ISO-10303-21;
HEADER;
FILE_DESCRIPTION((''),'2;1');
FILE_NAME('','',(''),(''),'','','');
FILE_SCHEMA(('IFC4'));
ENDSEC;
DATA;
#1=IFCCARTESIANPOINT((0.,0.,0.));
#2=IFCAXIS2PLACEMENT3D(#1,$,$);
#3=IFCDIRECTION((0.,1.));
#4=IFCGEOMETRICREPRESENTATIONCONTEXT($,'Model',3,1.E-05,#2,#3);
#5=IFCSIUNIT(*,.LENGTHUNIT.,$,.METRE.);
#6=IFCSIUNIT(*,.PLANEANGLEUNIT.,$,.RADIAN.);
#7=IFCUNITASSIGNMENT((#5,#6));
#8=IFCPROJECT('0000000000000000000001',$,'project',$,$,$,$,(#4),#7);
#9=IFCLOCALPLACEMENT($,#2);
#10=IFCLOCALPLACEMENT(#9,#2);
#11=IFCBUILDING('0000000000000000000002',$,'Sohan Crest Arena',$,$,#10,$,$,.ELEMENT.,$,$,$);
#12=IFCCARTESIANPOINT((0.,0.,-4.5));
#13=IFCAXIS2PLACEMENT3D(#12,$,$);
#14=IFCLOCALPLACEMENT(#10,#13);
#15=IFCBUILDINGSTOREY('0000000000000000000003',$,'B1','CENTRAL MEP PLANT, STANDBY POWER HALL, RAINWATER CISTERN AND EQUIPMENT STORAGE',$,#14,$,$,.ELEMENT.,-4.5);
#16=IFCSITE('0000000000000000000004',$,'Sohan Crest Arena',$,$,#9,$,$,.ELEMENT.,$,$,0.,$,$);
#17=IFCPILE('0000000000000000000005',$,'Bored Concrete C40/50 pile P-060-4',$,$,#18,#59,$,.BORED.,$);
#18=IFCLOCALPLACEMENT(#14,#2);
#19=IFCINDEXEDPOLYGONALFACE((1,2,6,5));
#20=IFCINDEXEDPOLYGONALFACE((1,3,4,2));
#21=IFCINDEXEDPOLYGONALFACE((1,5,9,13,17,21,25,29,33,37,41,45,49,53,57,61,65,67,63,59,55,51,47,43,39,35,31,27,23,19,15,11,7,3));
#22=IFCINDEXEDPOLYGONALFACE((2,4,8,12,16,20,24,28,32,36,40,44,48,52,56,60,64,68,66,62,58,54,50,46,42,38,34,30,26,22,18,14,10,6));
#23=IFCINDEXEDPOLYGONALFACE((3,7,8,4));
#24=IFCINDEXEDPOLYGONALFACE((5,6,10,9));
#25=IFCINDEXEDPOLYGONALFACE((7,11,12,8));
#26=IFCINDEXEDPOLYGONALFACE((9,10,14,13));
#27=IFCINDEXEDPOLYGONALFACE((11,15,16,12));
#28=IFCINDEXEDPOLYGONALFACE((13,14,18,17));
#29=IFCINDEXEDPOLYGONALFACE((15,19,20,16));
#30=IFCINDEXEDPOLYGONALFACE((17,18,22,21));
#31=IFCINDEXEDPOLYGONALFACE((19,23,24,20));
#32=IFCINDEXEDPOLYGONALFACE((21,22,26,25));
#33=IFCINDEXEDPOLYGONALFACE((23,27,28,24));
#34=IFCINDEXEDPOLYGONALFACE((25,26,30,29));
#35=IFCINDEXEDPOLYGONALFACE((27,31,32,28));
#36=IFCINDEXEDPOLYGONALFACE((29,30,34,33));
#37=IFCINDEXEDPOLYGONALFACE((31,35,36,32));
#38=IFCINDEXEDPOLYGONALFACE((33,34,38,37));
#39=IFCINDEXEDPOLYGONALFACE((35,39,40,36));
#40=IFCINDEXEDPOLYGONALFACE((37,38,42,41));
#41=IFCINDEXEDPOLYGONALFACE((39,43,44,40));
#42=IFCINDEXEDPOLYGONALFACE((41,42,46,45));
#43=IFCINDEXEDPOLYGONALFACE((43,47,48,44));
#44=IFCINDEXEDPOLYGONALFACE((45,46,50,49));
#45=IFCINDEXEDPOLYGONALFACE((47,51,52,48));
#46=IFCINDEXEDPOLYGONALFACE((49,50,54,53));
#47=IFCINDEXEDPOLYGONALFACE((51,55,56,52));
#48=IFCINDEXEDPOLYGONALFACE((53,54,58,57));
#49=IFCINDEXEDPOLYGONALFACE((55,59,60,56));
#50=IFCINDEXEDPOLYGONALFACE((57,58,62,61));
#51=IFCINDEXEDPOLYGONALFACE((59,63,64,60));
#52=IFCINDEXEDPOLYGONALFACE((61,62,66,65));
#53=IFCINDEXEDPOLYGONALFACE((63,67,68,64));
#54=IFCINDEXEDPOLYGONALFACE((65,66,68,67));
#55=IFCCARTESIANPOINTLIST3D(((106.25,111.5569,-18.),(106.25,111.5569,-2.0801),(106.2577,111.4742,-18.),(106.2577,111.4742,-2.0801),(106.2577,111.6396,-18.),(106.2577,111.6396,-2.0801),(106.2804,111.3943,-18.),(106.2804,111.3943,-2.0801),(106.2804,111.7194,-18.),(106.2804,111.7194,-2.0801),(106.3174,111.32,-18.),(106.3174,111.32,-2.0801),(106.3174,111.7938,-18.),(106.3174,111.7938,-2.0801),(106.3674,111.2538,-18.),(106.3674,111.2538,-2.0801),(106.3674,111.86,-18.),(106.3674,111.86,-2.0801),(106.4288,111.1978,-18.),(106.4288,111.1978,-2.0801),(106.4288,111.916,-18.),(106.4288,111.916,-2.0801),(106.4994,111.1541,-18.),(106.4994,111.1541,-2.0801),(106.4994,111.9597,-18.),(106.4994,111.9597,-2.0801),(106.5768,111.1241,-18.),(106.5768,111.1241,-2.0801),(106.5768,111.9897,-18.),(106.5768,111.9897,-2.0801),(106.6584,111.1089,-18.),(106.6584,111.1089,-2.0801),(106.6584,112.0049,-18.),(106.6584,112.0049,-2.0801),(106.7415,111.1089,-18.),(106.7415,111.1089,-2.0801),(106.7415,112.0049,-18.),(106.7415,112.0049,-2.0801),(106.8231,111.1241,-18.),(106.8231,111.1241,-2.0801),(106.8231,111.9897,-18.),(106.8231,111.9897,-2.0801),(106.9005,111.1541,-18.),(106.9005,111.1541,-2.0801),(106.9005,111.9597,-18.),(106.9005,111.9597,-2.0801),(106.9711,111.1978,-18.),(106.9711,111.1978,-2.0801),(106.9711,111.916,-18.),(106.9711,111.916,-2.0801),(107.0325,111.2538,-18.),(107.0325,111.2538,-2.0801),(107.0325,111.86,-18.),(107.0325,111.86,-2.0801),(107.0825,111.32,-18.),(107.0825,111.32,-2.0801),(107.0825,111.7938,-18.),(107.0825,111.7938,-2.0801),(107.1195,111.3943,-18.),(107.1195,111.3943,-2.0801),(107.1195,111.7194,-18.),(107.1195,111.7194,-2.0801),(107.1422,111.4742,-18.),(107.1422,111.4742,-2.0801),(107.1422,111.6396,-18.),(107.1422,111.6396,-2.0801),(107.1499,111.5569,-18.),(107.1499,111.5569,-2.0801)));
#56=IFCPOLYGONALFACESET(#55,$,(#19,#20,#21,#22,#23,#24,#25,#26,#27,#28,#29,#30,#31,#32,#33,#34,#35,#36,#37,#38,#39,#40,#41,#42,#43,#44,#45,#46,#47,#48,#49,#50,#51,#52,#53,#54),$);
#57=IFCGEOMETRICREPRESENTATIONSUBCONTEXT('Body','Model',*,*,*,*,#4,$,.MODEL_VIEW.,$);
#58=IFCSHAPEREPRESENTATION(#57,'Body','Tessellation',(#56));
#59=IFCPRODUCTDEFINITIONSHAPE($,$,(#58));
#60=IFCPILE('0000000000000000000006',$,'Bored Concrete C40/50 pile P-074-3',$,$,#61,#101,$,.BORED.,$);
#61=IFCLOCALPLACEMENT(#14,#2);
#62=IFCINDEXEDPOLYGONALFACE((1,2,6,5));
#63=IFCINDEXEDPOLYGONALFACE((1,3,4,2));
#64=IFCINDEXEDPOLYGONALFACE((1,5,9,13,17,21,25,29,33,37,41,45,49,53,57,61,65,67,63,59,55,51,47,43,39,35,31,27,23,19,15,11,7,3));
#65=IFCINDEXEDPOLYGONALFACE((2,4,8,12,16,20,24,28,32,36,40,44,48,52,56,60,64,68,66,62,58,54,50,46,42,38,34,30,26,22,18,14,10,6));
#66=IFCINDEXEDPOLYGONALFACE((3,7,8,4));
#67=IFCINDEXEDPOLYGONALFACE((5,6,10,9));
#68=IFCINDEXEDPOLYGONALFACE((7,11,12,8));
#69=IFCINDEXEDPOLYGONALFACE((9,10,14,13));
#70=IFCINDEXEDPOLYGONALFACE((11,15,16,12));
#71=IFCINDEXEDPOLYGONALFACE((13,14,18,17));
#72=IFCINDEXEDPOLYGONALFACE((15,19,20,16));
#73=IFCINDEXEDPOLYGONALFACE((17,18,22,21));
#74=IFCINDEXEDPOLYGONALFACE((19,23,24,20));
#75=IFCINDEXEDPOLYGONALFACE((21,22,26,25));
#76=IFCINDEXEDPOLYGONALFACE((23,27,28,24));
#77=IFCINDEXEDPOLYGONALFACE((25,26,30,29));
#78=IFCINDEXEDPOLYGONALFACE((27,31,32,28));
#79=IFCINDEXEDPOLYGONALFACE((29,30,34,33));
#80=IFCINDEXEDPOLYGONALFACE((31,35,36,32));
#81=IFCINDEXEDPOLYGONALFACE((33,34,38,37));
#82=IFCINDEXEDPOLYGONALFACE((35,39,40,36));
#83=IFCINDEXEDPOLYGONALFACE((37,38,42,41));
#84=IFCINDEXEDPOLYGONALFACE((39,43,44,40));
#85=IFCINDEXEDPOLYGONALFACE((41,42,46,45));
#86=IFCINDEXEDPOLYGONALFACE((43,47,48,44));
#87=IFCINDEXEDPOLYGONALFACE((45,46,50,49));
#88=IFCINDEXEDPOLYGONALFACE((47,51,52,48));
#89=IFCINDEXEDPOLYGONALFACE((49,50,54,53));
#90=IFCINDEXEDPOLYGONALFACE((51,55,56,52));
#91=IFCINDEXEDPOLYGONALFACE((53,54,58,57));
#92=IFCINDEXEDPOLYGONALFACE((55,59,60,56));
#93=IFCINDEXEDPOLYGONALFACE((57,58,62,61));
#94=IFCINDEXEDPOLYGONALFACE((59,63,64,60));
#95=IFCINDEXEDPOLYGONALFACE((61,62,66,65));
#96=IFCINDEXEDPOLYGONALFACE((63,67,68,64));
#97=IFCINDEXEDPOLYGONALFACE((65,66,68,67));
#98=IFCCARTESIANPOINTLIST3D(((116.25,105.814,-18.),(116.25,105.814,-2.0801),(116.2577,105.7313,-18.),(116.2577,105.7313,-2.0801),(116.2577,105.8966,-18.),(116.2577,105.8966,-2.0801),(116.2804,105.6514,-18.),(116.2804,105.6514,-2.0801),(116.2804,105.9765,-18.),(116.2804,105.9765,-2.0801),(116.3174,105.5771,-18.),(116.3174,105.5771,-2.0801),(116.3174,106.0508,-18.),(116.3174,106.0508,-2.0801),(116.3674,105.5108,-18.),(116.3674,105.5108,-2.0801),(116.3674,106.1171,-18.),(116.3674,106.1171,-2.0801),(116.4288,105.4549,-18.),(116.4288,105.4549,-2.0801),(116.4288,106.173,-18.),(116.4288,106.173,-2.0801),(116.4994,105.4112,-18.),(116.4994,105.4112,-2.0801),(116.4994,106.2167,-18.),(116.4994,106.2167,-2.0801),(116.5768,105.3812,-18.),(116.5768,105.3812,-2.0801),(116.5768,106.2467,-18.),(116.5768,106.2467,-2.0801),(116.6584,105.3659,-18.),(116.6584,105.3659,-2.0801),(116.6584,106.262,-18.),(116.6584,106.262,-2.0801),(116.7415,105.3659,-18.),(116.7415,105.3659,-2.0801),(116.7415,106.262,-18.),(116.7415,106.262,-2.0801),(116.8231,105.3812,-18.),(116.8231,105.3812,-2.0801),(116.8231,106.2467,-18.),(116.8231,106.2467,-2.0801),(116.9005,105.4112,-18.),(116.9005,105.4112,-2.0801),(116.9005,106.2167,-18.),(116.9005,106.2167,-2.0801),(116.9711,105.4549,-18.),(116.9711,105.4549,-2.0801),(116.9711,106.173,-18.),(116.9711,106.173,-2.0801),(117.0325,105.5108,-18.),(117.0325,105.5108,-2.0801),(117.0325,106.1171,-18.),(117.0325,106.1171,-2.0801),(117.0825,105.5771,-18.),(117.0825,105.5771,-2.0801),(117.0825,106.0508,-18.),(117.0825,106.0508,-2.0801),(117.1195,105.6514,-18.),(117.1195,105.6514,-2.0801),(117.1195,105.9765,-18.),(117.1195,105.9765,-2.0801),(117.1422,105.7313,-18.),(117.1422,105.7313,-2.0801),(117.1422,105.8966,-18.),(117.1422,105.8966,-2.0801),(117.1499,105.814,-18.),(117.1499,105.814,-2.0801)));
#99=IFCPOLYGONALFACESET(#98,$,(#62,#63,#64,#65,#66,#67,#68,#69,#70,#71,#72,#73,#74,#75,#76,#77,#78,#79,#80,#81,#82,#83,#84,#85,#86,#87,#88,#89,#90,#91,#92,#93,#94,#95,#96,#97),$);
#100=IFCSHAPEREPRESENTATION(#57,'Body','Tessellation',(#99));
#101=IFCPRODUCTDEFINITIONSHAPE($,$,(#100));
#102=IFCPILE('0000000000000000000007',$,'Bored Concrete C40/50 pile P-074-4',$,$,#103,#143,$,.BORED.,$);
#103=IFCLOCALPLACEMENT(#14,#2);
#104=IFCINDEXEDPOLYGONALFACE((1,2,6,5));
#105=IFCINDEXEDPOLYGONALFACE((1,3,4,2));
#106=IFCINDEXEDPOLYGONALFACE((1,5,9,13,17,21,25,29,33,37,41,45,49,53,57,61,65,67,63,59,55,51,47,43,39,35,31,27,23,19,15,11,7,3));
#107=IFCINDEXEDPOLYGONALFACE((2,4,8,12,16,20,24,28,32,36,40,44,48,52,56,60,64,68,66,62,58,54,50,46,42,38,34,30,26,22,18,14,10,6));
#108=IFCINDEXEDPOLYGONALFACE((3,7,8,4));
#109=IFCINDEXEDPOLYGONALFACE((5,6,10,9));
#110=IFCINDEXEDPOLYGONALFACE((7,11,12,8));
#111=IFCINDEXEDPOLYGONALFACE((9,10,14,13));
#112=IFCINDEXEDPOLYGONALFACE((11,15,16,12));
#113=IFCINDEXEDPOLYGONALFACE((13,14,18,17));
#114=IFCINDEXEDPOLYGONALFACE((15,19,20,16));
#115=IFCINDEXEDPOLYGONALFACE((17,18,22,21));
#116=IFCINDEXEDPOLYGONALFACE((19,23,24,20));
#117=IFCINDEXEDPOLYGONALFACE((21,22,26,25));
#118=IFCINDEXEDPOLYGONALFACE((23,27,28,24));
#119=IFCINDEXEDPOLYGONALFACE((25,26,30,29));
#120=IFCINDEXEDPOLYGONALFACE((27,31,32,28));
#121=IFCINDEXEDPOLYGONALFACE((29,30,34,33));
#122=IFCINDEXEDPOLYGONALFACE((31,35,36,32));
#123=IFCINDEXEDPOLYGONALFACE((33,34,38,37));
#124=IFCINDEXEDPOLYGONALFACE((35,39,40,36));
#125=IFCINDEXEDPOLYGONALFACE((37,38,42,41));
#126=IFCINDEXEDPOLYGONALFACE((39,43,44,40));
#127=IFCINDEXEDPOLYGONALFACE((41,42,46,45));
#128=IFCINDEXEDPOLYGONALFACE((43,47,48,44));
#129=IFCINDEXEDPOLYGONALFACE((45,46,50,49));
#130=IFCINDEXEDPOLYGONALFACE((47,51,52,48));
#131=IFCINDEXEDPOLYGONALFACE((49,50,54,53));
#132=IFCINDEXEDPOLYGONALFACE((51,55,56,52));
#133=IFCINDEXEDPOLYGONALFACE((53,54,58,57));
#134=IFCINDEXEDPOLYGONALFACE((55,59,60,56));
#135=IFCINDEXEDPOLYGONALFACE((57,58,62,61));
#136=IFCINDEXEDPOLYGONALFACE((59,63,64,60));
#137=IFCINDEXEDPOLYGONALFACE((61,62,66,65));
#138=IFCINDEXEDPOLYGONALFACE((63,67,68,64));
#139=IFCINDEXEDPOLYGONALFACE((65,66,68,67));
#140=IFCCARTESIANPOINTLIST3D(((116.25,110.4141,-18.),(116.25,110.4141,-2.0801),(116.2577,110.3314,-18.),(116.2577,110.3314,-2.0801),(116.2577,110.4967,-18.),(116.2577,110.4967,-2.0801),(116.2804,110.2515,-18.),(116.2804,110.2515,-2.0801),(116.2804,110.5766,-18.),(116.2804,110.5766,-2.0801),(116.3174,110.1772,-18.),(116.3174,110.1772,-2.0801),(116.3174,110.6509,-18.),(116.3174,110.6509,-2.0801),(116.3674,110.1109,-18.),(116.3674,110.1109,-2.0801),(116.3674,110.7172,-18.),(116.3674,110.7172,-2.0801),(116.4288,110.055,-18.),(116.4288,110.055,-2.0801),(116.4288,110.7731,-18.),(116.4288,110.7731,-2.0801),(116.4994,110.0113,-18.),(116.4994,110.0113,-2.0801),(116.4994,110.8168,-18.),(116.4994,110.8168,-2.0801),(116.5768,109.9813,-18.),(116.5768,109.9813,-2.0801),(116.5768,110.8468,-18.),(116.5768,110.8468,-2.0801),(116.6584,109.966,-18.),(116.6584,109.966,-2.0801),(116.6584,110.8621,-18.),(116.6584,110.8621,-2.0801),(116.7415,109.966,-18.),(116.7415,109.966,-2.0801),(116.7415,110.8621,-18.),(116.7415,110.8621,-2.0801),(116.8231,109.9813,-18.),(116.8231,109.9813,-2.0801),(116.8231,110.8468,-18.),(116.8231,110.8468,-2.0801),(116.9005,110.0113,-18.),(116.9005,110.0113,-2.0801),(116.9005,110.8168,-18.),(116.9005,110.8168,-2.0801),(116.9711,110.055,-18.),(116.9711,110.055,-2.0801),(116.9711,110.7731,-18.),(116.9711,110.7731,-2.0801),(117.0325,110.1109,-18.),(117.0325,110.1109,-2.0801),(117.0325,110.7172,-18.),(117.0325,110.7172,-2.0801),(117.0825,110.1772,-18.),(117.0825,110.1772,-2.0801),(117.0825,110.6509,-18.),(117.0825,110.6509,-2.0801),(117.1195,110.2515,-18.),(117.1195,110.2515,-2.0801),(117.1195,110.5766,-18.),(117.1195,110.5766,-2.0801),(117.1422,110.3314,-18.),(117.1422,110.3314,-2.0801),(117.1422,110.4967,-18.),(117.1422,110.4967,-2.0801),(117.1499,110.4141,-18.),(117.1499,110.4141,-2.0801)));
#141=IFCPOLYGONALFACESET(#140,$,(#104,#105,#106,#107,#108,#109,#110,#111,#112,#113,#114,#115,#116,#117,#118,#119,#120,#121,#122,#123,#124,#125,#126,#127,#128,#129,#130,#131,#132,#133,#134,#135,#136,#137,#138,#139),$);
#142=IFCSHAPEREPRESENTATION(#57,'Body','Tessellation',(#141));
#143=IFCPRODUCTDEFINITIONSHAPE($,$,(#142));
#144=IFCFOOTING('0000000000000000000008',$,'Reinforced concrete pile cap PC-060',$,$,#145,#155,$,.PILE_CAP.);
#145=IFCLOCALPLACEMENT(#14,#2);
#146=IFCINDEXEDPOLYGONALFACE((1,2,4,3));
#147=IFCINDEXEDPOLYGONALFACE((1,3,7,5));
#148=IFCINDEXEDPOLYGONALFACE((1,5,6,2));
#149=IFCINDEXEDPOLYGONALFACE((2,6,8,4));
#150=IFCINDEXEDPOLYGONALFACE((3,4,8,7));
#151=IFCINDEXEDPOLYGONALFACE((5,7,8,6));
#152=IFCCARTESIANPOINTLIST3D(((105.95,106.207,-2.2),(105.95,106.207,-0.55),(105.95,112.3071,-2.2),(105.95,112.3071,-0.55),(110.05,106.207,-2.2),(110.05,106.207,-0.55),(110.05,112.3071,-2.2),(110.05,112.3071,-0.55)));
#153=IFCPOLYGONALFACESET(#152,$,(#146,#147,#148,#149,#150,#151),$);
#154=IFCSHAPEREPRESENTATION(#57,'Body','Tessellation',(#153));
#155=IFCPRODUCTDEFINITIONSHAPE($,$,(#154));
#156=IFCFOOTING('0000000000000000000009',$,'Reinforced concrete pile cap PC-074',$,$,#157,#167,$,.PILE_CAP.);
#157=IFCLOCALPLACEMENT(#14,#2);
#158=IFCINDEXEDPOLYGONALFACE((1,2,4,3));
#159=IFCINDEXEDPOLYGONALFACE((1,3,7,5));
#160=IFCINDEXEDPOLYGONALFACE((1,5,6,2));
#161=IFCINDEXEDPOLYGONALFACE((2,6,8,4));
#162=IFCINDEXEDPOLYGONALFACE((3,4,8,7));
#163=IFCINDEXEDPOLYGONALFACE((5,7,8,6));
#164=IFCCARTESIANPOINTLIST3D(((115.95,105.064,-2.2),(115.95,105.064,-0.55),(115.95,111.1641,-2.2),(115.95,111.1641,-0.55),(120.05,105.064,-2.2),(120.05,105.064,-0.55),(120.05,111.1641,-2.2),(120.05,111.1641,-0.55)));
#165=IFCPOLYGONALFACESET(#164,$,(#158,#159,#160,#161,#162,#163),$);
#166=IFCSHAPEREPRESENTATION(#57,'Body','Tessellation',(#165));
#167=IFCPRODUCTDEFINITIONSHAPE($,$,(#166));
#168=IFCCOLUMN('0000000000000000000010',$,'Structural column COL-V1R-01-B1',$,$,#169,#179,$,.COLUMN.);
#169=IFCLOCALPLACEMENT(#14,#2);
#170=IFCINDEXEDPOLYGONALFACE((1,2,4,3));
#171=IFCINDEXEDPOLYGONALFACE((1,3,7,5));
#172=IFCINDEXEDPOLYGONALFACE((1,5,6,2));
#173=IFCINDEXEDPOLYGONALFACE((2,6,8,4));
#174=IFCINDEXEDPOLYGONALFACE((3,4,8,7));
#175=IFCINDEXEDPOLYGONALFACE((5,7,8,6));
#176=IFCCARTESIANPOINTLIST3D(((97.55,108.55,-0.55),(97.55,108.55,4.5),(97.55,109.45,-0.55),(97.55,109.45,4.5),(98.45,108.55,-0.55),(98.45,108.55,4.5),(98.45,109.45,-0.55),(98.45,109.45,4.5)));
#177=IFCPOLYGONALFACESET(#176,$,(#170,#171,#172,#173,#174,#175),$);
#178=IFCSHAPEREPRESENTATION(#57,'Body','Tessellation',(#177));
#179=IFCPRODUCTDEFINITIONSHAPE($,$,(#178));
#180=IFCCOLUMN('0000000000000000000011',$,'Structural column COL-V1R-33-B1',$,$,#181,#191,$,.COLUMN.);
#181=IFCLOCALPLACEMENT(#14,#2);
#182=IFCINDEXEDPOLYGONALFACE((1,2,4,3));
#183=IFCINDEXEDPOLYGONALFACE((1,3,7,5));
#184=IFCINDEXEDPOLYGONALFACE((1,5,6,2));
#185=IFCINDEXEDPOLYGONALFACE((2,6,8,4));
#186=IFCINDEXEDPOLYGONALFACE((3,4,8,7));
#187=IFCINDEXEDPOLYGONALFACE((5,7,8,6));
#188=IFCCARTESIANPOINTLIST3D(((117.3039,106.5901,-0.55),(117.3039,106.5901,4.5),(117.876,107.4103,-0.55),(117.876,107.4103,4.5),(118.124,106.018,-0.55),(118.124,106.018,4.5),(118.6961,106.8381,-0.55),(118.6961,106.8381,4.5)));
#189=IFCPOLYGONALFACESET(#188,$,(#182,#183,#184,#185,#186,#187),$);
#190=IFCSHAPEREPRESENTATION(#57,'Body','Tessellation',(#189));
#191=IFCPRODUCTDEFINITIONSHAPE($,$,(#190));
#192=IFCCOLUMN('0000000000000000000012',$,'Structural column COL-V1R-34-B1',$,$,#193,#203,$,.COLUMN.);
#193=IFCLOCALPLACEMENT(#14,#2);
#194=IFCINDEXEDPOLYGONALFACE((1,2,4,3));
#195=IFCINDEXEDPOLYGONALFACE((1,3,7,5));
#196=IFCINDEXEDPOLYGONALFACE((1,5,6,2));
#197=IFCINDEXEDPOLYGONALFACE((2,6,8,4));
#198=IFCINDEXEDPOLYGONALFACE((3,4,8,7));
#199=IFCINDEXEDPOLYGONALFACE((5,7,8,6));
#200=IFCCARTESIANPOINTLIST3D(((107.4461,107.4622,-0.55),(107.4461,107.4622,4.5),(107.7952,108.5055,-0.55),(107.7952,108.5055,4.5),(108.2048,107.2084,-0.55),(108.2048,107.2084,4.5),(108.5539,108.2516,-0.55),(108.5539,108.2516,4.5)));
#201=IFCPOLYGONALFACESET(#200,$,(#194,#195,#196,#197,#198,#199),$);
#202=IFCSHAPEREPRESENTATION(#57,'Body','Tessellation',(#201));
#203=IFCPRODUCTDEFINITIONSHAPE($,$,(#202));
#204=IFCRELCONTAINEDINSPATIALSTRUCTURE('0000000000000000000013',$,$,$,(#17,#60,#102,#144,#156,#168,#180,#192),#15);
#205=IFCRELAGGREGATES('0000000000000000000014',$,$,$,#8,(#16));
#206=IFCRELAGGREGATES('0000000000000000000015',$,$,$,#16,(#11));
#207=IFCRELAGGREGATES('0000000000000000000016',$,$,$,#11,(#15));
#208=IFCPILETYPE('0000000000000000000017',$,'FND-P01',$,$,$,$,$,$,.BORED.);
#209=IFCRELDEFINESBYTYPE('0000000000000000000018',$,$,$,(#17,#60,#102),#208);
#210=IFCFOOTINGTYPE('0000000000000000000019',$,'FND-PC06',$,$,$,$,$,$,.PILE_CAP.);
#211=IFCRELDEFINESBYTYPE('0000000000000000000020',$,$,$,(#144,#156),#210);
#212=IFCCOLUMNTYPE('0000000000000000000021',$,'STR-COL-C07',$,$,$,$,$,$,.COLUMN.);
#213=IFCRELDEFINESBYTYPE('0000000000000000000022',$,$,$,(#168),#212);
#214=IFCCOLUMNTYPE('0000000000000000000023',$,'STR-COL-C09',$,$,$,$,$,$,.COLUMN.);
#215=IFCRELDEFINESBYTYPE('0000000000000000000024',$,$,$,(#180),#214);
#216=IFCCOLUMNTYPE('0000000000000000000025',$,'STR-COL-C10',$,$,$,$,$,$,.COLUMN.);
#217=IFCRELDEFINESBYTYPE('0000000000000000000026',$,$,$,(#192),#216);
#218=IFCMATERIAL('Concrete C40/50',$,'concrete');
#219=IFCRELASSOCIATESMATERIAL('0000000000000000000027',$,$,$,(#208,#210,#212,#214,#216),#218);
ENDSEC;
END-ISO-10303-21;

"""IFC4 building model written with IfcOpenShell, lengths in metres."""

from ifc_helpers import new_model, si_unit, direction, frame, origin, origin_2d, place, context, subcontext, project, spatial, rectangle, circle, extrude, material, material_profile, profile_set, type_object, element, save


model = new_model("IFC4")

# Units and contexts
model_context = context("Model", 3, precision=1e-05, world=origin(), true_north=direction((0.0, 1.0)))
body_context = subcontext(model_context, "Body", "Model", "MODEL_VIEW")
ifc_project = project(units=[si_unit("LENGTHUNIT", "METRE"), si_unit("PLANEANGLEUNIT", "RADIAN")], contexts=[model_context])

# Site, building, storey
site_placement = place(None, origin())
site = spatial("IfcSite", under=ifc_project, at=site_placement, Name="Sohan Crest Arena", CompositionType="ELEMENT", RefElevation=0.0)
building_placement = place(site_placement, origin())
building = spatial("IfcBuilding", under=site, at=building_placement, Name="Sohan Crest Arena", CompositionType="ELEMENT")
storey_placement = place(building_placement, frame((0.0, 0.0, -4.5)))
storey = spatial("IfcBuildingStorey", under=building, at=storey_placement, Name="B1", Description="CENTRAL MEP PLANT, STANDBY POWER HALL, RAINWATER CISTERN AND EQUIPMENT STORAGE", CompositionType="ELEMENT", Elevation=-4.5)

# Shared definitions
ifc_material_1 = material(Name="Concrete C40/50", Category="concrete")

# Piles
ifc_material_profile_1 = material_profile(ifc_material_1, circle(Radius=0.45, at=origin_2d()), Name="PILE D900")
ifc_profile_set_1 = profile_set([ifc_material_profile_1], Name="Concrete C40/50")
pile_type = type_object("IfcPileType", Name="FND-P01", PredefinedType="BORED", material=ifc_profile_set_1)
for number, where, z_axis, x_axis, name in (
    (1, (106.7, 111.5569, -18.0), (0.0, 0.0, 1.0), (1.0, 0.0, 0.0), "Bored Concrete C40/50 pile P-060-4"),
    (2, (116.7, 105.814, -18.0), (0.0, 0.0, 1.0), (1.0, 0.0, 0.0), "Bored Concrete C40/50 pile P-074-3"),
    (3, (116.7, 110.4141, -18.0), (0.0, 0.0, 1.0), (1.0, 0.0, 0.0), "Bored Concrete C40/50 pile P-074-4"),
):
    element("IfcPile", number, at=place(storey_placement, frame(where, z_axis=z_axis, x_axis=x_axis)), inside=storey, type_object=pile_type, Name=name, PredefinedType="BORED", context=body_context, shape_type="SweptSolid", body=[
        extrude(circle(Radius=0.45, at=origin_2d()), origin(), (0.0, 0.0, 1.0), 15.9199),
    ])

# Footings
footing_type_1 = type_object("IfcFootingType", Name="FND-PC06", PredefinedType="PILE_CAP", material=ifc_material_1)
for number, where, z_axis, x_axis, name in (
    (4, (108.0, 109.2571, -2.2), (0.0, 0.0, 1.0), (0.0, 1.0, 0.0), "Reinforced concrete pile cap PC-060"),
    (5, (118.0, 108.114, -2.2), (0.0, 0.0, 1.0), (0.0, 1.0, 0.0), "Reinforced concrete pile cap PC-074"),
):
    element("IfcFooting", number, at=place(storey_placement, frame(where, z_axis=z_axis, x_axis=x_axis)), inside=storey, type_object=footing_type_1, Name=name, PredefinedType="PILE_CAP", context=body_context, shape_type="SweptSolid", body=[
        extrude(rectangle(XDim=6.1001, YDim=4.1001, at=origin_2d()), origin(), (0.0, 0.0, 1.0), 1.6499),
    ])

# Columns
ifc_material_profile_2 = material_profile(ifc_material_1, rectangle(XDim=0.8999, YDim=0.8999, at=origin_2d()), Name="RC 900x900")
ifc_profile_set_2 = profile_set([ifc_material_profile_2], Name="Concrete C40/50")
column_type_1 = type_object("IfcColumnType", Name="STR-COL-C07", PredefinedType="COLUMN", material=ifc_profile_set_2)
column_1_placement = place(storey_placement, frame((98.0, 109.0, -0.55), z_axis=(0.0, 0.0, 1.0), x_axis=(0.0, 1.0, 0.0)))
element("IfcColumn", 6, at=column_1_placement, inside=storey, type_object=column_type_1, Name="Structural column COL-V1R-01-B1", PredefinedType="COLUMN", context=body_context, shape_type="SweptSolid", body=[
    extrude(rectangle(XDim=0.8999, YDim=0.8999, at=origin_2d()), origin(), (0.0, 0.0, 1.0), 5.05),
])
ifc_material_profile_3 = material_profile(ifc_material_1, rectangle(XDim=1.0, YDim=1.0, at=origin_2d()), Name="RC 1000x1000")
ifc_profile_set_3 = profile_set([ifc_material_profile_3], Name="Concrete C40/50")
column_type_2 = type_object("IfcColumnType", Name="STR-COL-C09", PredefinedType="COLUMN", material=ifc_profile_set_3)
column_2_placement = place(storey_placement, frame((118.0, 106.7141, -0.55), z_axis=(0.0, 0.0, 1.0), x_axis=(0.572146, 0.820152, 0.0)))
element("IfcColumn", 7, at=column_2_placement, inside=storey, type_object=column_type_2, Name="Structural column COL-V1R-33-B1", PredefinedType="COLUMN", context=body_context, shape_type="SweptSolid", body=[
    extrude(rectangle(XDim=1.0, YDim=1.0, at=origin_2d()), origin(), (0.0, 0.0, 1.0), 5.05),
])
ifc_material_profile_4 = material_profile(ifc_material_1, rectangle(XDim=1.1001, YDim=0.8, at=origin_2d()), Name="RC 1100x800")
ifc_profile_set_4 = profile_set([ifc_material_profile_4], Name="Concrete C40/50")
column_type_3 = type_object("IfcColumnType", Name="STR-COL-C10", PredefinedType="COLUMN", material=ifc_profile_set_4)
column_3_placement = place(storey_placement, frame((108.0, 107.8569, -0.55), z_axis=(0.0, 0.0, 1.0), x_axis=(0.317305, 0.948324, 0.0)))
element("IfcColumn", 8, at=column_3_placement, inside=storey, type_object=column_type_3, Name="Structural column COL-V1R-34-B1", PredefinedType="COLUMN", context=body_context, shape_type="SweptSolid", body=[
    extrude(rectangle(XDim=1.1001, YDim=0.8, at=origin_2d()), origin(), (0.0, 0.0, 1.0), 5.05),
])

save(model, "model.ifc")
